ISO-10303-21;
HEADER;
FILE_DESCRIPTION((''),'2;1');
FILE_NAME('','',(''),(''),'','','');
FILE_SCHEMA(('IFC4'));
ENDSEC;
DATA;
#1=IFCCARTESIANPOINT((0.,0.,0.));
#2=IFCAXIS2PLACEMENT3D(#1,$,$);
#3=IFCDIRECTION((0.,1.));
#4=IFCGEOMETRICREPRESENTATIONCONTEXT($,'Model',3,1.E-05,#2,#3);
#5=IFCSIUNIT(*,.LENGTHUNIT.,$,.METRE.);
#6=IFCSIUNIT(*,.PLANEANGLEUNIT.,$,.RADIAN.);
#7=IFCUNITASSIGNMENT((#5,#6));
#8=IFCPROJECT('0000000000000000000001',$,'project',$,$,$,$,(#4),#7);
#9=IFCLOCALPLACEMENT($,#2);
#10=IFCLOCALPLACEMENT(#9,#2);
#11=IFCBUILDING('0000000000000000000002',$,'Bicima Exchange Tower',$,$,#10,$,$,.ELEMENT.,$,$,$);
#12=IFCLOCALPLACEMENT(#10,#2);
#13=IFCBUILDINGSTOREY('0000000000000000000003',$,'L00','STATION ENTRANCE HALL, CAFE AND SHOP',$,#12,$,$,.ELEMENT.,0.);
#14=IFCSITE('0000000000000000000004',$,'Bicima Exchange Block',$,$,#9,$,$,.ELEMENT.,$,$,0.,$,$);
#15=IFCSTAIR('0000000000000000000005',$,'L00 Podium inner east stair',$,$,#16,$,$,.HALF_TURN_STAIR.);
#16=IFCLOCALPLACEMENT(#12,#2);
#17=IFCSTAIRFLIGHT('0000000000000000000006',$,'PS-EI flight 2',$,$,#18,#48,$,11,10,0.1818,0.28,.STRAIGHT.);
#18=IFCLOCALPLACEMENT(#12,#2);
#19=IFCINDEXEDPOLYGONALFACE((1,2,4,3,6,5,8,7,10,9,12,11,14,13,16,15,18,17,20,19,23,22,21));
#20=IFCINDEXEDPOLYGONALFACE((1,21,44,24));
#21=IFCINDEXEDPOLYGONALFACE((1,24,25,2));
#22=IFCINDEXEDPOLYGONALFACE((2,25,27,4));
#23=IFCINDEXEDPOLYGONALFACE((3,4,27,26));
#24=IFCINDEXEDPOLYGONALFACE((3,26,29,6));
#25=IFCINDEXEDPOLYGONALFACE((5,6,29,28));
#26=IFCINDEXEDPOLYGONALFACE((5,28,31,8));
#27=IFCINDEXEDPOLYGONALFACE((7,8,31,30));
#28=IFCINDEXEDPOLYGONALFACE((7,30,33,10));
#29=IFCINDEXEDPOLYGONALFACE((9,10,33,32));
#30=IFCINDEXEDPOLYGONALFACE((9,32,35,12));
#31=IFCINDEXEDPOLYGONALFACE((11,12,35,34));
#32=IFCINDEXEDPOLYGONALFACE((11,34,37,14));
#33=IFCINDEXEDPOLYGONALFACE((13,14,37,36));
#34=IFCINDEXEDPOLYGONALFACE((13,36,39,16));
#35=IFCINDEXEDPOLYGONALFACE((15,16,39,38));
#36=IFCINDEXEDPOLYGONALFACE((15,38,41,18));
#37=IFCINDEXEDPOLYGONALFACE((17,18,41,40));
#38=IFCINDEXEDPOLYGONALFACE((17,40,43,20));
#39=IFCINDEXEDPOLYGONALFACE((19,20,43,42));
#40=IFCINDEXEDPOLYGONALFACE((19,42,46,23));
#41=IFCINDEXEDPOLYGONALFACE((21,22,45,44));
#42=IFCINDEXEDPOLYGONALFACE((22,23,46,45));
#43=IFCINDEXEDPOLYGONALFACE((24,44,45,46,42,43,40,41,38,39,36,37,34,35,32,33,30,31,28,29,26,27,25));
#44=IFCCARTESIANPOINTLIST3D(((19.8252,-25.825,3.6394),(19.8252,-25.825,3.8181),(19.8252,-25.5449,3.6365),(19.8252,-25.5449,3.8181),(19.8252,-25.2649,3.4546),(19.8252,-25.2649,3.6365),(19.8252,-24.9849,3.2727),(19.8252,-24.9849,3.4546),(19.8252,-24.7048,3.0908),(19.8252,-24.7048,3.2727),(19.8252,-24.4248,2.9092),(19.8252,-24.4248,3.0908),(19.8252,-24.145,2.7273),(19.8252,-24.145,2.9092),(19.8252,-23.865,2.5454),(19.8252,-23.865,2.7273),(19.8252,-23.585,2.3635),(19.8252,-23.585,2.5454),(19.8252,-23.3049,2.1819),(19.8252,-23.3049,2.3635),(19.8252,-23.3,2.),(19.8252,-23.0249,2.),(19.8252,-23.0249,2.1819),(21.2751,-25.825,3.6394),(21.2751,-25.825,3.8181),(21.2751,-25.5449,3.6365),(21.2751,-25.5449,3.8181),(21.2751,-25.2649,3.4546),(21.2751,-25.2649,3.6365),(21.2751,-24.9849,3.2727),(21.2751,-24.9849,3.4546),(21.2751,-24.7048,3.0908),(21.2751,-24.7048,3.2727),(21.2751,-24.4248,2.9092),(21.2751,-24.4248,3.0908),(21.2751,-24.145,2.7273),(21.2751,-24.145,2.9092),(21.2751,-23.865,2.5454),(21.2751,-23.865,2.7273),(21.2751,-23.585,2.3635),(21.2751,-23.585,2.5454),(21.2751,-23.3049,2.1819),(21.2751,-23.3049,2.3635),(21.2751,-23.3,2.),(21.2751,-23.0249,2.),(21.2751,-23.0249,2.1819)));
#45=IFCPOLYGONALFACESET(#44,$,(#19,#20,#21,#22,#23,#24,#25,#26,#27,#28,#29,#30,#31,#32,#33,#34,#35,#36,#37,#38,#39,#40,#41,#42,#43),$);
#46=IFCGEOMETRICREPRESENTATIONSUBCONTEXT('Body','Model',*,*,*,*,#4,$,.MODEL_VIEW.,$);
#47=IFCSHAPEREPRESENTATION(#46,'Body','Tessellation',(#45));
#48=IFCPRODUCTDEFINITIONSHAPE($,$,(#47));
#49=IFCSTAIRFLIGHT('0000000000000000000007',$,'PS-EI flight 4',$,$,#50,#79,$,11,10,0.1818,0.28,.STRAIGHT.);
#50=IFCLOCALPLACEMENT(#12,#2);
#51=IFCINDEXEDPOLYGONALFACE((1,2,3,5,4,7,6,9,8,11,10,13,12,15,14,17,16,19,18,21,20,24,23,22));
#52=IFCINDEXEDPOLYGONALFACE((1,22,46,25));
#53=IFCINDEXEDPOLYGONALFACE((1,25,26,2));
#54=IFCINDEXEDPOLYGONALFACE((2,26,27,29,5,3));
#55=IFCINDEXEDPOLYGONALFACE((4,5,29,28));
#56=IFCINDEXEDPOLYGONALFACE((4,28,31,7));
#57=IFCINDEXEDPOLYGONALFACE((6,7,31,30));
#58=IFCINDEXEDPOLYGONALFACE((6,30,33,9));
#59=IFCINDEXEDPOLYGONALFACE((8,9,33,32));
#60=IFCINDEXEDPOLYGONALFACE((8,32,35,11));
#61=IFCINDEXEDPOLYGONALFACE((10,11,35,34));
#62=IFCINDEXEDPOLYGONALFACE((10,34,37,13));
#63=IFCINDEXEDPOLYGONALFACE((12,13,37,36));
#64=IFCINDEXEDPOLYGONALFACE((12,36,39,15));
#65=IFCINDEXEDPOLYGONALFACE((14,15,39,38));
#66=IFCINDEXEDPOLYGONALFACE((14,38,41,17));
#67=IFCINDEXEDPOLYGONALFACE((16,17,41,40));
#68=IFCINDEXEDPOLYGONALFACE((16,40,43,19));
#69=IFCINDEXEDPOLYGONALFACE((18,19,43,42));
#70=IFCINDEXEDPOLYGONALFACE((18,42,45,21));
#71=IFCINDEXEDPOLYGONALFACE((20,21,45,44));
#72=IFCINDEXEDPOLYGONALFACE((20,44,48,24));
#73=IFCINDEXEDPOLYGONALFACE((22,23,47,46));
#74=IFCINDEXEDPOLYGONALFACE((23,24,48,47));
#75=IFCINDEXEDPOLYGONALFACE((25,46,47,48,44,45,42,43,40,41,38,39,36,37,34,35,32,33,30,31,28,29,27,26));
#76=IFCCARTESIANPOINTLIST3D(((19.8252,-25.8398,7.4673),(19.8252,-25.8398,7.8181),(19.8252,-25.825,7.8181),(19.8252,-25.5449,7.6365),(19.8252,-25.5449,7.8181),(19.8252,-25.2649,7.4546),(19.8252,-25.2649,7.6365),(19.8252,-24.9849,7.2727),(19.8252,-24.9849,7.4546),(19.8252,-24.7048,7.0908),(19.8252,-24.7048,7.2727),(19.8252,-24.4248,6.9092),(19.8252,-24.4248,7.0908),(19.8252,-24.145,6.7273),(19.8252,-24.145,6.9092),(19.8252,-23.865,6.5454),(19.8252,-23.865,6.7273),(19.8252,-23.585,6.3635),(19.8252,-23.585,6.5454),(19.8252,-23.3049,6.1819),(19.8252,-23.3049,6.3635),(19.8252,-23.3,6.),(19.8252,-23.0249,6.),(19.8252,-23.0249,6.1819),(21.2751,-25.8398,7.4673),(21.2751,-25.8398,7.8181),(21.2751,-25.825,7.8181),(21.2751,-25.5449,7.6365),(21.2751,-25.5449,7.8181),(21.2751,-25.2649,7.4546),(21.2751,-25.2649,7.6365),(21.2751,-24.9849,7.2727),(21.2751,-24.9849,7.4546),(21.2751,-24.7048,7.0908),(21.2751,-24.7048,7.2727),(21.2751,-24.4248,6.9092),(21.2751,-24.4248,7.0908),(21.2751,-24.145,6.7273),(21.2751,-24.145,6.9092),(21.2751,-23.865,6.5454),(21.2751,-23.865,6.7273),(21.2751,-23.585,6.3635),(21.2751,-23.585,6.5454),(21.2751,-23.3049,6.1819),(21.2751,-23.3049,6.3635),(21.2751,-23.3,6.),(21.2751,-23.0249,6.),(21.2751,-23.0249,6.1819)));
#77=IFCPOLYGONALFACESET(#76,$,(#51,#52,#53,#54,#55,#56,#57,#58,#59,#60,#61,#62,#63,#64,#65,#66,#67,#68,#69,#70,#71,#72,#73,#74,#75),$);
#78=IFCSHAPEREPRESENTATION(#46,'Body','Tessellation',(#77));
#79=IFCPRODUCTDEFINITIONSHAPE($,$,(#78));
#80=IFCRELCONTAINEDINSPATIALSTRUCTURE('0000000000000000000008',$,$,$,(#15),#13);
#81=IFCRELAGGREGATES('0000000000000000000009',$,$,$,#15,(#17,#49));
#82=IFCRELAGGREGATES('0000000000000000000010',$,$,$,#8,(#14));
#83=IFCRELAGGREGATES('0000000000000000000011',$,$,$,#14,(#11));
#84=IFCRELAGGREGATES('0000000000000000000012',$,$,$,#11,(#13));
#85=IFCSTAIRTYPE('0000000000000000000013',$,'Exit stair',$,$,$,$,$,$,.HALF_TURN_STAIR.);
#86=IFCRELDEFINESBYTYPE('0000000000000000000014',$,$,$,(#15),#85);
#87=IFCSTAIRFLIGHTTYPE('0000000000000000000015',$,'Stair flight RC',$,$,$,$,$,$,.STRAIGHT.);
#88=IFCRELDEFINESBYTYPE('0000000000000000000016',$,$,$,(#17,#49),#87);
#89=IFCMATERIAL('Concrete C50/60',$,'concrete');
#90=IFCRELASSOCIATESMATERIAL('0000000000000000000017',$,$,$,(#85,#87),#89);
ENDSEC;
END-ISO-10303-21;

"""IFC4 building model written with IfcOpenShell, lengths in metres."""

from ifc_helpers import new_model, si_unit, direction, frame, origin, place, context, subcontext, project, spatial, polyline, outline, extrude, material, type_object, element, aggregate, save


model = new_model("IFC4")

# Units and contexts
model_context = context("Model", 3, precision=1e-05, world=origin(), true_north=direction((0.0, 1.0)))
body_context = subcontext(model_context, "Body", "Model", "MODEL_VIEW")
ifc_project = project(units=[si_unit("LENGTHUNIT", "METRE"), si_unit("PLANEANGLEUNIT", "RADIAN")], contexts=[model_context])

# Site, building, storey
site_placement = place(None, origin())
site = spatial("IfcSite", under=ifc_project, at=site_placement, Name="Bicima Exchange Block", CompositionType="ELEMENT", RefElevation=0.0)
building_placement = place(site_placement, origin())
building = spatial("IfcBuilding", under=site, at=building_placement, Name="Bicima Exchange Tower", CompositionType="ELEMENT")
storey_placement = place(building_placement, origin())
storey = spatial("IfcBuildingStorey", under=building, at=storey_placement, Name="L00", Description="STATION ENTRANCE HALL, CAFE AND SHOP", CompositionType="ELEMENT", Elevation=0.0)

# Shared definitions
ifc_material_1 = material(Name="Concrete C50/60", Category="concrete")

# Stair, stair flights
stair_type = type_object("IfcStairType", Name="Exit stair", PredefinedType="HALF_TURN_STAIR", material=ifc_material_1)
stair_placement = place(storey_placement, origin())
stair = element("IfcStair", 1, at=stair_placement, inside=storey, type_object=stair_type, Name="L00 Podium inner east stair", PredefinedType="HALF_TURN_STAIR")
stair_flight_type = type_object("IfcStairFlightType", Name="Stair flight RC", PredefinedType="STRAIGHT", material=ifc_material_1)
stair_flight_1_placement = place(storey_placement, frame((20.55, -23.0249, 2.0), z_axis=(0.0, 0.0, 1.0), x_axis=(0.0, -1.0, 0.0)))
stair_flight_1 = element("IfcStairFlight", 2, at=stair_flight_1_placement, type_object=stair_flight_type, Name="PS-EI flight 2", NumberOfRisers=11, NumberOfTreads=10, PredefinedType="STRAIGHT", RiserHeight=0.1818, TreadLength=0.28, context=body_context, shape_type="SweptSolid", body=[
    extrude(outline(polyline([(0.0, 0.0), (0.0, 0.1819), (0.28, 0.1819), (0.28, 0.3635), (0.5601, 0.3635), (0.5601, 0.5454), (0.8401, 0.5454), (0.8401, 0.7273), (1.1201, 0.7273), (1.1201, 0.9092), (1.3999, 0.9092), (1.3999, 1.0908), (1.6799, 1.0908), (1.6799, 1.2727), (1.96, 1.2727), (1.96, 1.4546), (2.24, 1.4546), (2.24, 1.6365), (2.52, 1.6365), (2.52, 1.8181), (2.8, 1.8181), (2.8, 2.0), (2.8, 1.6394), (0.2751, 0.0), (0.0, 0.0)])), frame((0.0, 0.7251, 0.0), z_axis=(0.0, -1.0, 0.0), x_axis=(1.0, 0.0, 0.0)), (0.0, 0.0, 1.0), 1.45),
])
stair_flight_2_placement = place(storey_placement, frame((20.55, -23.0249, 6.0), z_axis=(0.0, 0.0, 1.0), x_axis=(0.0, -1.0, 0.0)))
stair_flight_2 = element("IfcStairFlight", 3, at=stair_flight_2_placement, type_object=stair_flight_type, Name="PS-EI flight 4", NumberOfRisers=11, NumberOfTreads=10, PredefinedType="STRAIGHT", RiserHeight=0.1818, TreadLength=0.28, context=body_context, shape_type="SweptSolid", body=[
    extrude(outline(polyline([(0.0, 0.0), (0.0, 0.1819), (0.28, 0.1819), (0.28, 0.3635), (0.5601, 0.3635), (0.5601, 0.5454), (0.8401, 0.5454), (0.8401, 0.7273), (1.1201, 0.7273), (1.1201, 0.9092), (1.3999, 0.9092), (1.3999, 1.0908), (1.6799, 1.0908), (1.6799, 1.2727), (1.96, 1.2727), (1.96, 1.4546), (2.24, 1.4546), (2.24, 1.6365), (2.52, 1.6365), (2.52, 1.8181), (2.8, 1.8181), (2.8149, 1.8181), (2.8149, 1.4673), (0.2751, 0.0), (0.0, 0.0)])), frame((0.0, 0.7251, 0.0), z_axis=(0.0, -1.0, 0.0), x_axis=(1.0, 0.0, 0.0)), (0.0, 0.0, 1.0), 1.45),
])
aggregate(stair, [stair_flight_1, stair_flight_2])

save(model, "model.ifc")
